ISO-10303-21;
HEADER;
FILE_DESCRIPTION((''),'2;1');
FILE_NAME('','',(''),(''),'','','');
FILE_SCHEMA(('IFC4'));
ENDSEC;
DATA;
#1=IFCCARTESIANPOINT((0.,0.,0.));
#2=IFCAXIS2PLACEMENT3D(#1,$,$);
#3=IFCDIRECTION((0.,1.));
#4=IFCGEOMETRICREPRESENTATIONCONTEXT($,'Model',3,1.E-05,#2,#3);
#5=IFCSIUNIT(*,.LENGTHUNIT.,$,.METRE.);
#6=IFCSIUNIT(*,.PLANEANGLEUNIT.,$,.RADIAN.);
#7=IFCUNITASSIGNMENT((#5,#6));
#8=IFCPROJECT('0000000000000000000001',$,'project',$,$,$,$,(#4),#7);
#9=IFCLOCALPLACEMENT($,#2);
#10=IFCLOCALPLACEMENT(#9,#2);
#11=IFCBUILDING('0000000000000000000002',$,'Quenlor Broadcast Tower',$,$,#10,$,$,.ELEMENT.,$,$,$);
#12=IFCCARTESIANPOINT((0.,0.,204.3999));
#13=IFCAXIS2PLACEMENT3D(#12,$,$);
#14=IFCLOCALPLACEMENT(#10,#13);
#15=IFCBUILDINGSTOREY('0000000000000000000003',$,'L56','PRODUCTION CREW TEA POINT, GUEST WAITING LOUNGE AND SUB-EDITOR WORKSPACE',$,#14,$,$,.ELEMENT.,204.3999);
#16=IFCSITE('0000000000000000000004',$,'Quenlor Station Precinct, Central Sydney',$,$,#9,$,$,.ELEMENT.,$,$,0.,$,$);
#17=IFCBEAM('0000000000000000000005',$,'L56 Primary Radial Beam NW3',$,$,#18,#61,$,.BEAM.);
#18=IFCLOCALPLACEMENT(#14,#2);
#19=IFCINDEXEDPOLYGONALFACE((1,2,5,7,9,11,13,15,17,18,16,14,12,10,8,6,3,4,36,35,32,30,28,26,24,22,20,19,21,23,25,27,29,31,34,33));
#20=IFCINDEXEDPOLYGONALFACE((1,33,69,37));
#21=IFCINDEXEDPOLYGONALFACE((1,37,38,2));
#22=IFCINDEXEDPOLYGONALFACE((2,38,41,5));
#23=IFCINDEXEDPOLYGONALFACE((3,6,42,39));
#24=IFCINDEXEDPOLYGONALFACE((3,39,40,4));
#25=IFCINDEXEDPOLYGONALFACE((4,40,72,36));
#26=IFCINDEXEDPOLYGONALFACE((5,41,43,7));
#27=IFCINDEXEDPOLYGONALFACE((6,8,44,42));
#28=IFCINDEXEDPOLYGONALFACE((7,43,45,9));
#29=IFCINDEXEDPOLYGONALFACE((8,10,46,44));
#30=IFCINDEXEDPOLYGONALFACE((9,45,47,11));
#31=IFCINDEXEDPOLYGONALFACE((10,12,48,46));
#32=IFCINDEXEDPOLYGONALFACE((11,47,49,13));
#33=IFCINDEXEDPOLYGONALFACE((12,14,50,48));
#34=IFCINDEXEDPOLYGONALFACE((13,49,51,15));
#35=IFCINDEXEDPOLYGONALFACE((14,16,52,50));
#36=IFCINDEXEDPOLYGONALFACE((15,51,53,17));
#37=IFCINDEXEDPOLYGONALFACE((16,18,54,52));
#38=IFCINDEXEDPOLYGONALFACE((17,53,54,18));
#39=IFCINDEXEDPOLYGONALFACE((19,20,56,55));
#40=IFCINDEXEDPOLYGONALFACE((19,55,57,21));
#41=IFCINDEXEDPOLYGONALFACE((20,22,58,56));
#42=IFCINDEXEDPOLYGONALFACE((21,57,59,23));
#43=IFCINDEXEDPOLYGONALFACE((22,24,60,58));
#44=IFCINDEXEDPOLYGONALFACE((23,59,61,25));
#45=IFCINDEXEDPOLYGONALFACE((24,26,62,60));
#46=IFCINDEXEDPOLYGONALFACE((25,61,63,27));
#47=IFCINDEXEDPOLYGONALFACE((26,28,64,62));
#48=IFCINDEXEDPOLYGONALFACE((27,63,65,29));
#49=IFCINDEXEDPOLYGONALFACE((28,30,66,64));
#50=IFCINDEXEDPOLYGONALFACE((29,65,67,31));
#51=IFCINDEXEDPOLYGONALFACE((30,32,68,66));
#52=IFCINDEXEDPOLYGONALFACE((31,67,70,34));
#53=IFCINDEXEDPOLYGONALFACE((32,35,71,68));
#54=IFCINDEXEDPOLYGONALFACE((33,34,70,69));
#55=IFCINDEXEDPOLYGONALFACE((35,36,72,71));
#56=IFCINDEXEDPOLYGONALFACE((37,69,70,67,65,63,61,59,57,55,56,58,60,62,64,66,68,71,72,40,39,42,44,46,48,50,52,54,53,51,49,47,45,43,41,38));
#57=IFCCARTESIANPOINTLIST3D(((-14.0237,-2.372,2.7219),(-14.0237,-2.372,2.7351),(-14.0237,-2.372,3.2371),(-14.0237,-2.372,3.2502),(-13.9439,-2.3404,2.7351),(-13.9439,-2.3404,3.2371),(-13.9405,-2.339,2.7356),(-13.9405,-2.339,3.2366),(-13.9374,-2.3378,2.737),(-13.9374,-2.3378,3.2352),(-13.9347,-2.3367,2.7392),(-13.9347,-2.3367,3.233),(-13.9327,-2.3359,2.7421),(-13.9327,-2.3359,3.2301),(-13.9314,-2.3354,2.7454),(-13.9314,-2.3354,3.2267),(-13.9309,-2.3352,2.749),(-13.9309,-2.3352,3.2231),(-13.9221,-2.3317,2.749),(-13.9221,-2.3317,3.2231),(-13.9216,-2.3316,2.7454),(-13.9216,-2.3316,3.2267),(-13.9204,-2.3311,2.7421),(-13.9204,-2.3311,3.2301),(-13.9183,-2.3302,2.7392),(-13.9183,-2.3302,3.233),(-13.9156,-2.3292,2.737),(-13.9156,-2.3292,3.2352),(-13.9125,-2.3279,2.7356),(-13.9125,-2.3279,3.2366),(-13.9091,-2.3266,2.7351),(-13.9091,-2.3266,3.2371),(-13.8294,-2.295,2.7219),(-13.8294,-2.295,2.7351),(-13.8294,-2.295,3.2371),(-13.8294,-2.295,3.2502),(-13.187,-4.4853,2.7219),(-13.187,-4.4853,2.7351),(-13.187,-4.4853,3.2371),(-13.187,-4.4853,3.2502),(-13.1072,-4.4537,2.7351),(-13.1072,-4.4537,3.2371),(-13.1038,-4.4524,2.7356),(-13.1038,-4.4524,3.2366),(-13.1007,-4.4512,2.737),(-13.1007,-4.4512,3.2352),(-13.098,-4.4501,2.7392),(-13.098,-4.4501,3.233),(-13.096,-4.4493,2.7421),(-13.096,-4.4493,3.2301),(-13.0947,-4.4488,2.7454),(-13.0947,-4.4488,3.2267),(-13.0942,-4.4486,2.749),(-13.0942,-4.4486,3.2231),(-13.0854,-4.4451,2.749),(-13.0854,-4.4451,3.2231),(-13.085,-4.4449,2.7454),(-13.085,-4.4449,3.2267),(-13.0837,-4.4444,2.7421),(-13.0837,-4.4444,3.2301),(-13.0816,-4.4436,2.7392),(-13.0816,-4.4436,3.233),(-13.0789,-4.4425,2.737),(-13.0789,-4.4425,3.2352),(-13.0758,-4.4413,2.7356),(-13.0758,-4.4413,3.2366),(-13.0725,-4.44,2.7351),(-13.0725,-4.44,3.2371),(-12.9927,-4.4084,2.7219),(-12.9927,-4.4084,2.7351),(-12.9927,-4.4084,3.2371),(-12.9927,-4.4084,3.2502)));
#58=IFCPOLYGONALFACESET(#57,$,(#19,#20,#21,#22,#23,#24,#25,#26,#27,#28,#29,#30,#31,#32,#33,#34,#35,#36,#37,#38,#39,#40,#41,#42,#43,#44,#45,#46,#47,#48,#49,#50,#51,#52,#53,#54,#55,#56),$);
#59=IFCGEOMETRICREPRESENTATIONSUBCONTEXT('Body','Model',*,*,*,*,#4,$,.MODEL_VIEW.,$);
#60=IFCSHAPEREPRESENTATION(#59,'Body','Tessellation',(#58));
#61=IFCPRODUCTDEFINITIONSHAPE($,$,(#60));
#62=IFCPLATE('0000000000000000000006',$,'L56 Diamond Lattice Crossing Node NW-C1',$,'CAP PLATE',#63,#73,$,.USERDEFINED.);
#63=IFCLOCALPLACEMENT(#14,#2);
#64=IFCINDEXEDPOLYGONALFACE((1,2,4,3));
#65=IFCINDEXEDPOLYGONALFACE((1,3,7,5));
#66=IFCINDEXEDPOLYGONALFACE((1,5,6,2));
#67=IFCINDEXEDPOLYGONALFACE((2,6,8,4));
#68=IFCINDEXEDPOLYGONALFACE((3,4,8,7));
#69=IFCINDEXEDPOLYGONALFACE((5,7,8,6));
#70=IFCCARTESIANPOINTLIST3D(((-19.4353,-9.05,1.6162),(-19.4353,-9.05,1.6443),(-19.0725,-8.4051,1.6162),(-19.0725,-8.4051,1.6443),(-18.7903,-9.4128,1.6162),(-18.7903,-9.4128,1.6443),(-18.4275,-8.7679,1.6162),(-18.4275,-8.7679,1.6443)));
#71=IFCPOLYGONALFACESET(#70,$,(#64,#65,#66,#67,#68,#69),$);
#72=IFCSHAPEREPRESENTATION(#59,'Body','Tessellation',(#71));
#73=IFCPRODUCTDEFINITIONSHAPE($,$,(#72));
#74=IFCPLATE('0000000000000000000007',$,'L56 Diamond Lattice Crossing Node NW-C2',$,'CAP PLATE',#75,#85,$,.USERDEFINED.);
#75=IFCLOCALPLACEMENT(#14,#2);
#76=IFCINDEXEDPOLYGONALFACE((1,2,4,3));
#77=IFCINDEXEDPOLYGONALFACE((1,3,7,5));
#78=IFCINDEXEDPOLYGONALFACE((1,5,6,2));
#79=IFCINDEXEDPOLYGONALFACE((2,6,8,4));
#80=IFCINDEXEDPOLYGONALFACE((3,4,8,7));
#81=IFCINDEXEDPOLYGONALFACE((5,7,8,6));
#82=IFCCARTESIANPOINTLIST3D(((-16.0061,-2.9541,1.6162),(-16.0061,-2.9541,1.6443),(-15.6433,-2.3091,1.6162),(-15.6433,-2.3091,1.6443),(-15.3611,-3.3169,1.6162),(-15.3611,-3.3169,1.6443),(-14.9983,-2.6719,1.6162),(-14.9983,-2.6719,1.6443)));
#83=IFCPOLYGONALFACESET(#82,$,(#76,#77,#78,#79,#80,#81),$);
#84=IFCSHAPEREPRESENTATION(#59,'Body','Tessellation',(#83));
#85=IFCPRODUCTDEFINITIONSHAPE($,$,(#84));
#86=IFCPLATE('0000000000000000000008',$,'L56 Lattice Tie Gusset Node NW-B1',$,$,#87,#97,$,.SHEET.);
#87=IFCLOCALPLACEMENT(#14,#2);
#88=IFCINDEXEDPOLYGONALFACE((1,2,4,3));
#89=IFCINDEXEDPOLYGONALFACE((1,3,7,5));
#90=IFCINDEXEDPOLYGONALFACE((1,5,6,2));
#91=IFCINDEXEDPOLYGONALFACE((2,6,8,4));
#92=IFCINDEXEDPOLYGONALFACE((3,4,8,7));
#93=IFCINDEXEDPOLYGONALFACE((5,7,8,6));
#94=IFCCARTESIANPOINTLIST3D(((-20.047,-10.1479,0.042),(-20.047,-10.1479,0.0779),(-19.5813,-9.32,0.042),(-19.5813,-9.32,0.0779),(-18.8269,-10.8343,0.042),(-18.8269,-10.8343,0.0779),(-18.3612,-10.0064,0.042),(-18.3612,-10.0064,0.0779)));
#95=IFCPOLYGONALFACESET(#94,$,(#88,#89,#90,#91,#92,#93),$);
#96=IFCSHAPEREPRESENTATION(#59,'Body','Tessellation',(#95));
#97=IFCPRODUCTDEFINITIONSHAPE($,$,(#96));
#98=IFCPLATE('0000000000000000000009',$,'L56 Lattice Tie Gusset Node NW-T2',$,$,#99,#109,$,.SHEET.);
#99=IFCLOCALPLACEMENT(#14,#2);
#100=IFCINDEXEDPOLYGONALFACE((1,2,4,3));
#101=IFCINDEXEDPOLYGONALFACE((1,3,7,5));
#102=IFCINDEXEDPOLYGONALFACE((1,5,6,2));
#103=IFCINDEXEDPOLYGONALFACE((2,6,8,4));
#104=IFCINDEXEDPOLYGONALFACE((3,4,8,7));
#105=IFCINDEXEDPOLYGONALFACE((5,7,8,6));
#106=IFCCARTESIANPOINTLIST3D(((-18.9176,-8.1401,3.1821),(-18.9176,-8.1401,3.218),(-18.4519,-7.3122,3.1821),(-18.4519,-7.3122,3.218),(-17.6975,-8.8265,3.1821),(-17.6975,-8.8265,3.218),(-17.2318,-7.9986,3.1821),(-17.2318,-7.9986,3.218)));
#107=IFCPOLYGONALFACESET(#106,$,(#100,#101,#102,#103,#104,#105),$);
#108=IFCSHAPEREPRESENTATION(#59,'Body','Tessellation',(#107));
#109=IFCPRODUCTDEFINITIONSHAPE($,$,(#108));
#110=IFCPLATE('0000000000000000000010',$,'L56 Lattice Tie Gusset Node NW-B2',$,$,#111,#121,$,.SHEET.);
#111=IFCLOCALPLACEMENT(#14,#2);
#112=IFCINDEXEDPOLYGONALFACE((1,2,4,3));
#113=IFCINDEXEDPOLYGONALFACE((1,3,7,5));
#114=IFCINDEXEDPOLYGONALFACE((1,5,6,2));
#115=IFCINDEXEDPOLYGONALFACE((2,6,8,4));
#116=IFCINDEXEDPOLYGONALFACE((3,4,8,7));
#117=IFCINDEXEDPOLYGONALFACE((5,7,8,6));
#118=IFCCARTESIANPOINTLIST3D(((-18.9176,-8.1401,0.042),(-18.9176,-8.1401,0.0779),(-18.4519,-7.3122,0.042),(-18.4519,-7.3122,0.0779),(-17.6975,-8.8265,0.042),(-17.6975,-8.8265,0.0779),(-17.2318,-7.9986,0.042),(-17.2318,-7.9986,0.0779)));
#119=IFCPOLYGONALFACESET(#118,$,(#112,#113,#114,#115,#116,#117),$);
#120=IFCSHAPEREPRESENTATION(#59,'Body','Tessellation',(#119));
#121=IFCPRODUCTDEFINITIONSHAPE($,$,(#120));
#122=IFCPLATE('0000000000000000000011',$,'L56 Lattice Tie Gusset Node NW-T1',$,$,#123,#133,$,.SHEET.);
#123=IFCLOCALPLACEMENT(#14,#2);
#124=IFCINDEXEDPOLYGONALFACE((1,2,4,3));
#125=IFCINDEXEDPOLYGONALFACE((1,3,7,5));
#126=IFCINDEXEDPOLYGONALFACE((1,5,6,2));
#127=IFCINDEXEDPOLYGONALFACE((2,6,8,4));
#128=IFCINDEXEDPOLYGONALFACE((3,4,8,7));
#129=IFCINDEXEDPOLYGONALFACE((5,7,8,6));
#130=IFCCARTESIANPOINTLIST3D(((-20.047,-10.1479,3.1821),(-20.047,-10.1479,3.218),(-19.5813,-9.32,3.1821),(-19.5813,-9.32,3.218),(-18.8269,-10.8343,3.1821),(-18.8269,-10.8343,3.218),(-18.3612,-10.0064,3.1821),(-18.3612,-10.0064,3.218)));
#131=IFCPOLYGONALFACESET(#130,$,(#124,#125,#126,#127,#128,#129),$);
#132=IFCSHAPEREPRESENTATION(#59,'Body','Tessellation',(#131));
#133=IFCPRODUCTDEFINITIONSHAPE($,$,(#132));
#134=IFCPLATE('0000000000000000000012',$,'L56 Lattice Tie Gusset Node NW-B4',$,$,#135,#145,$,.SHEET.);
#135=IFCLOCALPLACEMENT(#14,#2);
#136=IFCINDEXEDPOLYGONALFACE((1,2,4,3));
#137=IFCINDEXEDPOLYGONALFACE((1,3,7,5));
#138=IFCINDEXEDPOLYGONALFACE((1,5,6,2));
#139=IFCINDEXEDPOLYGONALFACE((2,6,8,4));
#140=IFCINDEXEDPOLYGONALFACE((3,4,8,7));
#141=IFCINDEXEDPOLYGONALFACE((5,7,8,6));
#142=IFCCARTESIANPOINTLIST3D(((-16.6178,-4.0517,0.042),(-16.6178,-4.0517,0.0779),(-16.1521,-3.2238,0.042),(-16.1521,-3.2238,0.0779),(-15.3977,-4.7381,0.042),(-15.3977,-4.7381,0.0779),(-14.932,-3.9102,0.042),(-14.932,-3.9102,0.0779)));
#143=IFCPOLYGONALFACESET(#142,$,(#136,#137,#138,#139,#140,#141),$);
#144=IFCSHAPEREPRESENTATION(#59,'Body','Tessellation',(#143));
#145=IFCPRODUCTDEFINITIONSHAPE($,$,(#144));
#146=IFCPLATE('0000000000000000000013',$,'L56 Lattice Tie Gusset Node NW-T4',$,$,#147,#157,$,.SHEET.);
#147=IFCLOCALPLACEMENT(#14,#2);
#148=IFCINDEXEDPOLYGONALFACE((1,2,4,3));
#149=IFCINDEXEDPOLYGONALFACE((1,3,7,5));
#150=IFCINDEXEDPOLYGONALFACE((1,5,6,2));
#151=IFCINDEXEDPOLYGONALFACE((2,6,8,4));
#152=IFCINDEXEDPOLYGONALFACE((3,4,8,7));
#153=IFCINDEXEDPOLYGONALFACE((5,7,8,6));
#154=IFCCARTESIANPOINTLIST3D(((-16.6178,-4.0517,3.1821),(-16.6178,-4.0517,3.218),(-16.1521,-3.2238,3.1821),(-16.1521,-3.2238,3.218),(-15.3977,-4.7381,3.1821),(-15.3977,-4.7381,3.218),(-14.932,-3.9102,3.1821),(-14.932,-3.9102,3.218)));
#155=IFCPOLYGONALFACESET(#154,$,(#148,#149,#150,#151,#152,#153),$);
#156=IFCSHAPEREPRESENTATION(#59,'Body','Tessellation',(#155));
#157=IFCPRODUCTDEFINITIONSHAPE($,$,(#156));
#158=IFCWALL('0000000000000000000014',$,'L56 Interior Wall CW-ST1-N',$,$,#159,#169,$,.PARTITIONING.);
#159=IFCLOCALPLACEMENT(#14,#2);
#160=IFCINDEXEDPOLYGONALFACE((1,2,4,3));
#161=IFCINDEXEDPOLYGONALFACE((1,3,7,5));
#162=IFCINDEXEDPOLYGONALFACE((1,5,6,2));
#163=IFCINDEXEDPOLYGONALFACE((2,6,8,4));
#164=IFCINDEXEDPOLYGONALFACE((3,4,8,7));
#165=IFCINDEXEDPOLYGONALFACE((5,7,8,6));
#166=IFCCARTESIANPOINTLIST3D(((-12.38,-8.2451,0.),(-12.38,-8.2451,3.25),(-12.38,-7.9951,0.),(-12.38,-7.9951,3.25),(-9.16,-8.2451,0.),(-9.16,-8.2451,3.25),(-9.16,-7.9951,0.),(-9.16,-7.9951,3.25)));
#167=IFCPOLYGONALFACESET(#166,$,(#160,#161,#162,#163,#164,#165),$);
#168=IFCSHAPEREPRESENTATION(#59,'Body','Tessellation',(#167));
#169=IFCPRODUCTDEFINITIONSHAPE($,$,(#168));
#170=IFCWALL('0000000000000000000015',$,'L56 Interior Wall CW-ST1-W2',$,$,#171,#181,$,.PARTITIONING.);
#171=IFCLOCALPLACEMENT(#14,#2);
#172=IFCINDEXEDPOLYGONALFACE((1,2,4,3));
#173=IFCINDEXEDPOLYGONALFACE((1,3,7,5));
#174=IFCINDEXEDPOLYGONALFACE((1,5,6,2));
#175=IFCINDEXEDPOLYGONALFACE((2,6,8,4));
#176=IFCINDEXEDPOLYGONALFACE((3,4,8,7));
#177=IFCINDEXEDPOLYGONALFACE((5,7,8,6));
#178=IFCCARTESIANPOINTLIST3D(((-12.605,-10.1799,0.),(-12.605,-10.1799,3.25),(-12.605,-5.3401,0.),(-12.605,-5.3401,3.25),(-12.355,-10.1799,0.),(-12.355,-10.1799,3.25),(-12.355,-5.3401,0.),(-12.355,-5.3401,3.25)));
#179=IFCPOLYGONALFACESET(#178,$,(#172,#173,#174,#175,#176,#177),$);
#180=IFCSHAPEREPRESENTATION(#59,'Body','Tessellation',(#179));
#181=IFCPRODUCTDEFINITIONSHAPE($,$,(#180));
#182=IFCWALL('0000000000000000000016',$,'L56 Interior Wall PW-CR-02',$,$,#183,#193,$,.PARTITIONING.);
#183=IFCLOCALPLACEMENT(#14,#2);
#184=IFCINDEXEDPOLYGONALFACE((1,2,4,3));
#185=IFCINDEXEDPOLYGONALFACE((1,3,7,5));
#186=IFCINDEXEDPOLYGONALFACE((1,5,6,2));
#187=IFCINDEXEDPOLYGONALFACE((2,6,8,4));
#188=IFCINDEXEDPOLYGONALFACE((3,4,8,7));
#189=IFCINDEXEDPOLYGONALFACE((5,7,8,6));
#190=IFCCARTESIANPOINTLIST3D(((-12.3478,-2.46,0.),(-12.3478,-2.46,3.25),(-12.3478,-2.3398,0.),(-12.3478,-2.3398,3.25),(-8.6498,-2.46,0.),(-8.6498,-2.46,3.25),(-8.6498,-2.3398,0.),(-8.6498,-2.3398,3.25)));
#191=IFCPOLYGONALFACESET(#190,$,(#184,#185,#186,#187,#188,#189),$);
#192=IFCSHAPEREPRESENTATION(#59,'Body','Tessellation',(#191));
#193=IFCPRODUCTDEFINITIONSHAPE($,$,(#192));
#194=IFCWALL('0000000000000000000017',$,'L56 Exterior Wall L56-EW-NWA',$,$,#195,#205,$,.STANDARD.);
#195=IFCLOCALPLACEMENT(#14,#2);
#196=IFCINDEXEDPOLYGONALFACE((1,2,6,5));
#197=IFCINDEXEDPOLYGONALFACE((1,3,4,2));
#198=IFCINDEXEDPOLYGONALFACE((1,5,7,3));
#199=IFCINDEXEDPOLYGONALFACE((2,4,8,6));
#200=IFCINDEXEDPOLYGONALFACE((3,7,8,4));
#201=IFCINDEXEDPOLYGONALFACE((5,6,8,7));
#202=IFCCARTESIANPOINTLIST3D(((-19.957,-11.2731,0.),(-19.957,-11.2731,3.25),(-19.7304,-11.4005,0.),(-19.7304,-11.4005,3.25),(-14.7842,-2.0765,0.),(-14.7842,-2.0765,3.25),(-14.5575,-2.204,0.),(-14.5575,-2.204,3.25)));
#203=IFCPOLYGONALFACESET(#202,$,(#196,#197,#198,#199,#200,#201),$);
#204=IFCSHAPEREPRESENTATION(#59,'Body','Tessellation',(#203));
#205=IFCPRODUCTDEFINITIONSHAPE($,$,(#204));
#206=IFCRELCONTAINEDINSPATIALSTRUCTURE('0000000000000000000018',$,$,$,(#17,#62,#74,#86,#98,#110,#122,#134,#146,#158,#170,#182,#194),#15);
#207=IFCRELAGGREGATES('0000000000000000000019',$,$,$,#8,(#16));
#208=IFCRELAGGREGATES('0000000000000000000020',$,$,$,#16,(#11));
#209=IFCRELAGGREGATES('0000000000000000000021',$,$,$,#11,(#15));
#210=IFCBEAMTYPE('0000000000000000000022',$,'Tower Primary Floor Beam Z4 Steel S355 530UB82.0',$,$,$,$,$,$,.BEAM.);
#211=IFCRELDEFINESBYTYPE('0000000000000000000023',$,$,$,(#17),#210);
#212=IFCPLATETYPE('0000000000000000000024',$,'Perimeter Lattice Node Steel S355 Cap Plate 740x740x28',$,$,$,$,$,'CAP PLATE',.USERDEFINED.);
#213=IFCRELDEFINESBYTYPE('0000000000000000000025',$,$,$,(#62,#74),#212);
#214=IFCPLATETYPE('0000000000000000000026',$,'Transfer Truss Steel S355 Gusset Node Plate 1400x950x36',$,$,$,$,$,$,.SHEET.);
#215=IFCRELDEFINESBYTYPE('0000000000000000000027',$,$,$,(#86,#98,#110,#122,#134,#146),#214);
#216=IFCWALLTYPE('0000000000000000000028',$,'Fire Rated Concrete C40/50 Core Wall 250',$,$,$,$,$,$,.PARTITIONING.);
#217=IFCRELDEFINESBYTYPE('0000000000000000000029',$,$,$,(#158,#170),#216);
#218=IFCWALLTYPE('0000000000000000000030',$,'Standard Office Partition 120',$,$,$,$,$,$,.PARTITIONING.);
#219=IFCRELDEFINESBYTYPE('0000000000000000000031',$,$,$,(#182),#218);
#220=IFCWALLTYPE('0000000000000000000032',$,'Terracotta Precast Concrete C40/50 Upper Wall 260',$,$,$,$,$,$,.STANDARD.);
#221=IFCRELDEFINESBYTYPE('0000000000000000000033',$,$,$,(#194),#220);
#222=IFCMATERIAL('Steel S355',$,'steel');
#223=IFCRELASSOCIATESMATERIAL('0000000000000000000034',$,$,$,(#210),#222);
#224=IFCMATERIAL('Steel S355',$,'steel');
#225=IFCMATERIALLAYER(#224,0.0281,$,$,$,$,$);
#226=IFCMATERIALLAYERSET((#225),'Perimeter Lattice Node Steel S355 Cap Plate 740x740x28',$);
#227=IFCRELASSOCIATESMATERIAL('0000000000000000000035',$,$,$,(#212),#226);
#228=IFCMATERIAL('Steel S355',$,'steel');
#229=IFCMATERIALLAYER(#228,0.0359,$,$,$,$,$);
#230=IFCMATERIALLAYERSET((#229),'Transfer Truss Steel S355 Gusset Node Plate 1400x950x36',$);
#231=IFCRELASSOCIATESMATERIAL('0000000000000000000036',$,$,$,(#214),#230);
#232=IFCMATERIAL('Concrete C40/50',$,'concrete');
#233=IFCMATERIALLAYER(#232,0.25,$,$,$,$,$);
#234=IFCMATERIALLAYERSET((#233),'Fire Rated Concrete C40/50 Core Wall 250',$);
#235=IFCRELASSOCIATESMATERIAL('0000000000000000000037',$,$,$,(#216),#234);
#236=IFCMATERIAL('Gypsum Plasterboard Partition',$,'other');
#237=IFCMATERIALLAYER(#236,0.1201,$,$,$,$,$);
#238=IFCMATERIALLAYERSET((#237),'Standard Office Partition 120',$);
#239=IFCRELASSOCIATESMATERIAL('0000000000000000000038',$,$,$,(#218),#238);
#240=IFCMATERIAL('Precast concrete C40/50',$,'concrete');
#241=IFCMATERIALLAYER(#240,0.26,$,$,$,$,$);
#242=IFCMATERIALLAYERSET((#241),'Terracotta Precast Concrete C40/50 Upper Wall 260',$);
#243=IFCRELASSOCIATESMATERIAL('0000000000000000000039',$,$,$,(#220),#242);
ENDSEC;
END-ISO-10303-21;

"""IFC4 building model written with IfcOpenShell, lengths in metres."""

from ifc_helpers import new_model, si_unit, direction, frame, frame_2d, origin, origin_2d, place, context, subcontext, project, spatial, rectangle, i_section, extrude, material, layer, layer_set, material_profile, profile_set, type_object, element, save


model = new_model("IFC4")

# Units and contexts
model_context = context("Model", 3, precision=1e-05, world=origin(), true_north=direction((0.0, 1.0)))
body_context = subcontext(model_context, "Body", "Model", "MODEL_VIEW")
ifc_project = project(units=[si_unit("LENGTHUNIT", "METRE"), si_unit("PLANEANGLEUNIT", "RADIAN")], contexts=[model_context])

# Site, building, storey
site_placement = place(None, origin())
site = spatial("IfcSite", under=ifc_project, at=site_placement, Name="Quenlor Station Precinct, Central Sydney", CompositionType="ELEMENT", RefElevation=0.0)
building_placement = place(site_placement, origin())
building = spatial("IfcBuilding", under=site, at=building_placement, Name="Quenlor Broadcast Tower", CompositionType="ELEMENT")
storey_placement = place(building_placement, frame((0.0, 0.0, 204.3999)))
storey = spatial("IfcBuildingStorey", under=building, at=storey_placement, Name="L56", Description="PRODUCTION CREW TEA POINT, GUEST WAITING LOUNGE AND SUB-EDITOR WORKSPACE", CompositionType="ELEMENT", Elevation=204.3999)

# Beam
ifc_material_1 = material(Name="Steel S355", Category="steel")
ifc_material_profile_1 = material_profile(ifc_material_1, i_section(OverallWidth=0.209, OverallDepth=0.5283, WebThickness=0.0095, FlangeThickness=0.0132, FilletRadius=0.0139, at=origin_2d()))
ifc_profile_set_1 = profile_set([ifc_material_profile_1], Name="Steel S355 530UB82.0")
beam_type_1 = type_object("IfcBeamType", Name="Tower Primary Floor Beam Z4 Steel S355 530UB82.0", PredefinedType="BEAM", material=ifc_profile_set_1)
beam_1_placement = place(storey_placement, frame((-13.9265, -2.3335, 2.9861), z_axis=(0.36811, -0.929782, 0.0), x_axis=(0.929782, 0.36811, 0.0)))
element("IfcBeam", 1, at=beam_1_placement, inside=storey, type_object=beam_type_1, Name="L56 Primary Radial Beam NW3", PredefinedType="BEAM", context=body_context, shape_type="SweptSolid", body=[
    extrude(i_section(OverallWidth=0.209, OverallDepth=0.5283, WebThickness=0.0095, FlangeThickness=0.0132, FilletRadius=0.0139, at=origin_2d()), origin(), (0.0, 0.0, 1.0), 2.2729),
])

# Plates
ifc_material_2 = material(Name="Steel S355", Category="steel")
ifc_layer_1 = layer(ifc_material_2, 0.0281)
ifc_layer_set_1 = layer_set([ifc_layer_1], Name="Perimeter Lattice Node Steel S355 Cap Plate 740x740x28")
plate_type_1 = type_object("IfcPlateType", Name="Perimeter Lattice Node Steel S355 Cap Plate 740x740x28", ElementType="CAP PLATE", PredefinedType="USERDEFINED", material=ifc_layer_set_1)
for number, where, z_axis, x_axis, name in (
    (2, (-18.9314, -8.9089, 1.6162), (0.0, 0.0, 1.0), (0.490295, 0.871556, 0.0), "L56 Diamond Lattice Crossing Node NW-C1"),
    (3, (-15.5022, -2.813, 1.6162), (0.0, 0.0, 1.0), (0.490295, 0.871556, 0.0), "L56 Diamond Lattice Crossing Node NW-C2"),
):
    element("IfcPlate", number, at=place(storey_placement, frame(where, z_axis=z_axis, x_axis=x_axis)), inside=storey, type_object=plate_type_1, Name=name, ObjectType="CAP PLATE", PredefinedType="USERDEFINED", context=body_context, shape_type="SweptSolid", body=[
        extrude(rectangle(XDim=0.74, YDim=0.74, at=origin_2d()), origin(), (0.0, 0.0, 1.0), 0.0281),
    ])
ifc_material_3 = material(Name="Steel S355", Category="steel")
ifc_layer_2 = layer(ifc_material_3, 0.0359)
ifc_layer_set_2 = layer_set([ifc_layer_2], Name="Transfer Truss Steel S355 Gusset Node Plate 1400x950x36")
plate_type_2 = type_object("IfcPlateType", Name="Transfer Truss Steel S355 Gusset Node Plate 1400x950x36", PredefinedType="SHEET", material=ifc_layer_set_2)
for number, where, z_axis, x_axis, name in (
    (4, (-19.2041, -10.0771, 0.042), (0.0, 0.0, 1.0), (-0.871556, 0.490295, 0.0), "L56 Lattice Tie Gusset Node NW-B1"),
    (5, (-18.0747, -8.0693, 3.1821), (0.0, 0.0, 1.0), (-0.871556, 0.490295, 0.0), "L56 Lattice Tie Gusset Node NW-T2"),
    (6, (-18.0747, -8.0693, 0.042), (0.0, 0.0, 1.0), (-0.871556, 0.490295, 0.0), "L56 Lattice Tie Gusset Node NW-B2"),
    (7, (-19.2041, -10.0771, 3.1821), (0.0, 0.0, 1.0), (-0.871556, 0.490295, 0.0), "L56 Lattice Tie Gusset Node NW-T1"),
    (8, (-15.7749, -3.981, 0.042), (0.0, 0.0, 1.0), (-0.871556, 0.490295, 0.0), "L56 Lattice Tie Gusset Node NW-B4"),
    (9, (-15.7749, -3.981, 3.1821), (0.0, 0.0, 1.0), (-0.871556, 0.490295, 0.0), "L56 Lattice Tie Gusset Node NW-T4"),
):
    element("IfcPlate", number, at=place(storey_placement, frame(where, z_axis=z_axis, x_axis=x_axis)), inside=storey, type_object=plate_type_2, Name=name, PredefinedType="SHEET", context=body_context, shape_type="SweptSolid", body=[
        extrude(rectangle(XDim=1.3999, YDim=0.95, at=origin_2d()), origin(), (0.0, 0.0, 1.0), 0.0359),
    ])

# Walls
ifc_material_4 = material(Name="Concrete C40/50", Category="concrete")
ifc_layer_3 = layer(ifc_material_4, 0.25)
ifc_layer_set_3 = layer_set([ifc_layer_3], Name="Fire Rated Concrete C40/50 Core Wall 250")
wall_type_1 = type_object("IfcWallType", Name="Fire Rated Concrete C40/50 Core Wall 250", PredefinedType="PARTITIONING", material=ifc_layer_set_3)
wall_1_placement = place(storey_placement, frame((-12.3799, -8.1201, 0.0), z_axis=(0.0, 0.0, 1.0), x_axis=(1.0, 0.0, 0.0)))
element("IfcWall", 10, at=wall_1_placement, inside=storey, type_object=wall_type_1, Name="L56 Interior Wall CW-ST1-N", PredefinedType="PARTITIONING", context=body_context, shape_type="SweptSolid", body=[
    extrude(rectangle(XDim=3.22, YDim=0.25, at=frame_2d((1.6099, 0.0))), origin(), (0.0, 0.0, 1.0), 3.25),
])
wall_2_placement = place(storey_placement, frame((-12.48, -10.1799, 0.0), z_axis=(0.0, 0.0, 1.0), x_axis=(0.0, 1.0, 0.0)))
element("IfcWall", 11, at=wall_2_placement, inside=storey, type_object=wall_type_1, Name="L56 Interior Wall CW-ST1-W2", PredefinedType="PARTITIONING", context=body_context, shape_type="SweptSolid", body=[
    extrude(rectangle(XDim=4.8398, YDim=0.25, at=frame_2d((2.4199, 0.0))), origin(), (0.0, 0.0, 1.0), 3.25),
])

# Shared definitions
ifc_material_5 = material(Name="Gypsum Plasterboard Partition", Category="other")
ifc_layer_4 = layer(ifc_material_5, 0.1201)
ifc_layer_set_4 = layer_set([ifc_layer_4], Name="Standard Office Partition 120")
wall_type_2 = type_object("IfcWallType", Name="Standard Office Partition 120", PredefinedType="PARTITIONING", material=ifc_layer_set_4)

# Walls
wall_3_placement = place(storey_placement, frame((-12.3479, -2.3999, 0.0), z_axis=(0.0, 0.0, 1.0), x_axis=(1.0, 0.0, 0.0)))
element("IfcWall", 12, at=wall_3_placement, inside=storey, type_object=wall_type_2, Name="L56 Interior Wall PW-CR-02", PredefinedType="PARTITIONING", context=body_context, shape_type="SweptSolid", body=[
    extrude(rectangle(XDim=3.698, YDim=0.1201, at=frame_2d((1.8491, 0.0))), origin(), (0.0, 0.0, 1.0), 3.25),
])
ifc_material_6 = material(Name="Precast concrete C40/50", Category="concrete")
ifc_layer_5 = layer(ifc_material_6, 0.26)
ifc_layer_set_5 = layer_set([ifc_layer_5], Name="Terracotta Precast Concrete C40/50 Upper Wall 260")
wall_type_3 = type_object("IfcWallType", Name="Terracotta Precast Concrete C40/50 Upper Wall 260", PredefinedType="STANDARD", material=ifc_layer_set_5)
wall_4_placement = place(storey_placement, frame((-19.8438, -11.3369, 0.0), z_axis=(0.0, 0.0, 1.0), x_axis=(0.490247, 0.871584, 0.0)))
element("IfcWall", 13, at=wall_4_placement, inside=storey, type_object=wall_type_3, Name="L56 Exterior Wall L56-EW-NWA", PredefinedType="STANDARD", context=body_context, shape_type="SweptSolid", body=[
    extrude(rectangle(XDim=10.5515, YDim=0.26, at=frame_2d((5.2759, 0.0))), origin(), (0.0, 0.0, 1.0), 3.25),
])

save(model, "model.ifc")
